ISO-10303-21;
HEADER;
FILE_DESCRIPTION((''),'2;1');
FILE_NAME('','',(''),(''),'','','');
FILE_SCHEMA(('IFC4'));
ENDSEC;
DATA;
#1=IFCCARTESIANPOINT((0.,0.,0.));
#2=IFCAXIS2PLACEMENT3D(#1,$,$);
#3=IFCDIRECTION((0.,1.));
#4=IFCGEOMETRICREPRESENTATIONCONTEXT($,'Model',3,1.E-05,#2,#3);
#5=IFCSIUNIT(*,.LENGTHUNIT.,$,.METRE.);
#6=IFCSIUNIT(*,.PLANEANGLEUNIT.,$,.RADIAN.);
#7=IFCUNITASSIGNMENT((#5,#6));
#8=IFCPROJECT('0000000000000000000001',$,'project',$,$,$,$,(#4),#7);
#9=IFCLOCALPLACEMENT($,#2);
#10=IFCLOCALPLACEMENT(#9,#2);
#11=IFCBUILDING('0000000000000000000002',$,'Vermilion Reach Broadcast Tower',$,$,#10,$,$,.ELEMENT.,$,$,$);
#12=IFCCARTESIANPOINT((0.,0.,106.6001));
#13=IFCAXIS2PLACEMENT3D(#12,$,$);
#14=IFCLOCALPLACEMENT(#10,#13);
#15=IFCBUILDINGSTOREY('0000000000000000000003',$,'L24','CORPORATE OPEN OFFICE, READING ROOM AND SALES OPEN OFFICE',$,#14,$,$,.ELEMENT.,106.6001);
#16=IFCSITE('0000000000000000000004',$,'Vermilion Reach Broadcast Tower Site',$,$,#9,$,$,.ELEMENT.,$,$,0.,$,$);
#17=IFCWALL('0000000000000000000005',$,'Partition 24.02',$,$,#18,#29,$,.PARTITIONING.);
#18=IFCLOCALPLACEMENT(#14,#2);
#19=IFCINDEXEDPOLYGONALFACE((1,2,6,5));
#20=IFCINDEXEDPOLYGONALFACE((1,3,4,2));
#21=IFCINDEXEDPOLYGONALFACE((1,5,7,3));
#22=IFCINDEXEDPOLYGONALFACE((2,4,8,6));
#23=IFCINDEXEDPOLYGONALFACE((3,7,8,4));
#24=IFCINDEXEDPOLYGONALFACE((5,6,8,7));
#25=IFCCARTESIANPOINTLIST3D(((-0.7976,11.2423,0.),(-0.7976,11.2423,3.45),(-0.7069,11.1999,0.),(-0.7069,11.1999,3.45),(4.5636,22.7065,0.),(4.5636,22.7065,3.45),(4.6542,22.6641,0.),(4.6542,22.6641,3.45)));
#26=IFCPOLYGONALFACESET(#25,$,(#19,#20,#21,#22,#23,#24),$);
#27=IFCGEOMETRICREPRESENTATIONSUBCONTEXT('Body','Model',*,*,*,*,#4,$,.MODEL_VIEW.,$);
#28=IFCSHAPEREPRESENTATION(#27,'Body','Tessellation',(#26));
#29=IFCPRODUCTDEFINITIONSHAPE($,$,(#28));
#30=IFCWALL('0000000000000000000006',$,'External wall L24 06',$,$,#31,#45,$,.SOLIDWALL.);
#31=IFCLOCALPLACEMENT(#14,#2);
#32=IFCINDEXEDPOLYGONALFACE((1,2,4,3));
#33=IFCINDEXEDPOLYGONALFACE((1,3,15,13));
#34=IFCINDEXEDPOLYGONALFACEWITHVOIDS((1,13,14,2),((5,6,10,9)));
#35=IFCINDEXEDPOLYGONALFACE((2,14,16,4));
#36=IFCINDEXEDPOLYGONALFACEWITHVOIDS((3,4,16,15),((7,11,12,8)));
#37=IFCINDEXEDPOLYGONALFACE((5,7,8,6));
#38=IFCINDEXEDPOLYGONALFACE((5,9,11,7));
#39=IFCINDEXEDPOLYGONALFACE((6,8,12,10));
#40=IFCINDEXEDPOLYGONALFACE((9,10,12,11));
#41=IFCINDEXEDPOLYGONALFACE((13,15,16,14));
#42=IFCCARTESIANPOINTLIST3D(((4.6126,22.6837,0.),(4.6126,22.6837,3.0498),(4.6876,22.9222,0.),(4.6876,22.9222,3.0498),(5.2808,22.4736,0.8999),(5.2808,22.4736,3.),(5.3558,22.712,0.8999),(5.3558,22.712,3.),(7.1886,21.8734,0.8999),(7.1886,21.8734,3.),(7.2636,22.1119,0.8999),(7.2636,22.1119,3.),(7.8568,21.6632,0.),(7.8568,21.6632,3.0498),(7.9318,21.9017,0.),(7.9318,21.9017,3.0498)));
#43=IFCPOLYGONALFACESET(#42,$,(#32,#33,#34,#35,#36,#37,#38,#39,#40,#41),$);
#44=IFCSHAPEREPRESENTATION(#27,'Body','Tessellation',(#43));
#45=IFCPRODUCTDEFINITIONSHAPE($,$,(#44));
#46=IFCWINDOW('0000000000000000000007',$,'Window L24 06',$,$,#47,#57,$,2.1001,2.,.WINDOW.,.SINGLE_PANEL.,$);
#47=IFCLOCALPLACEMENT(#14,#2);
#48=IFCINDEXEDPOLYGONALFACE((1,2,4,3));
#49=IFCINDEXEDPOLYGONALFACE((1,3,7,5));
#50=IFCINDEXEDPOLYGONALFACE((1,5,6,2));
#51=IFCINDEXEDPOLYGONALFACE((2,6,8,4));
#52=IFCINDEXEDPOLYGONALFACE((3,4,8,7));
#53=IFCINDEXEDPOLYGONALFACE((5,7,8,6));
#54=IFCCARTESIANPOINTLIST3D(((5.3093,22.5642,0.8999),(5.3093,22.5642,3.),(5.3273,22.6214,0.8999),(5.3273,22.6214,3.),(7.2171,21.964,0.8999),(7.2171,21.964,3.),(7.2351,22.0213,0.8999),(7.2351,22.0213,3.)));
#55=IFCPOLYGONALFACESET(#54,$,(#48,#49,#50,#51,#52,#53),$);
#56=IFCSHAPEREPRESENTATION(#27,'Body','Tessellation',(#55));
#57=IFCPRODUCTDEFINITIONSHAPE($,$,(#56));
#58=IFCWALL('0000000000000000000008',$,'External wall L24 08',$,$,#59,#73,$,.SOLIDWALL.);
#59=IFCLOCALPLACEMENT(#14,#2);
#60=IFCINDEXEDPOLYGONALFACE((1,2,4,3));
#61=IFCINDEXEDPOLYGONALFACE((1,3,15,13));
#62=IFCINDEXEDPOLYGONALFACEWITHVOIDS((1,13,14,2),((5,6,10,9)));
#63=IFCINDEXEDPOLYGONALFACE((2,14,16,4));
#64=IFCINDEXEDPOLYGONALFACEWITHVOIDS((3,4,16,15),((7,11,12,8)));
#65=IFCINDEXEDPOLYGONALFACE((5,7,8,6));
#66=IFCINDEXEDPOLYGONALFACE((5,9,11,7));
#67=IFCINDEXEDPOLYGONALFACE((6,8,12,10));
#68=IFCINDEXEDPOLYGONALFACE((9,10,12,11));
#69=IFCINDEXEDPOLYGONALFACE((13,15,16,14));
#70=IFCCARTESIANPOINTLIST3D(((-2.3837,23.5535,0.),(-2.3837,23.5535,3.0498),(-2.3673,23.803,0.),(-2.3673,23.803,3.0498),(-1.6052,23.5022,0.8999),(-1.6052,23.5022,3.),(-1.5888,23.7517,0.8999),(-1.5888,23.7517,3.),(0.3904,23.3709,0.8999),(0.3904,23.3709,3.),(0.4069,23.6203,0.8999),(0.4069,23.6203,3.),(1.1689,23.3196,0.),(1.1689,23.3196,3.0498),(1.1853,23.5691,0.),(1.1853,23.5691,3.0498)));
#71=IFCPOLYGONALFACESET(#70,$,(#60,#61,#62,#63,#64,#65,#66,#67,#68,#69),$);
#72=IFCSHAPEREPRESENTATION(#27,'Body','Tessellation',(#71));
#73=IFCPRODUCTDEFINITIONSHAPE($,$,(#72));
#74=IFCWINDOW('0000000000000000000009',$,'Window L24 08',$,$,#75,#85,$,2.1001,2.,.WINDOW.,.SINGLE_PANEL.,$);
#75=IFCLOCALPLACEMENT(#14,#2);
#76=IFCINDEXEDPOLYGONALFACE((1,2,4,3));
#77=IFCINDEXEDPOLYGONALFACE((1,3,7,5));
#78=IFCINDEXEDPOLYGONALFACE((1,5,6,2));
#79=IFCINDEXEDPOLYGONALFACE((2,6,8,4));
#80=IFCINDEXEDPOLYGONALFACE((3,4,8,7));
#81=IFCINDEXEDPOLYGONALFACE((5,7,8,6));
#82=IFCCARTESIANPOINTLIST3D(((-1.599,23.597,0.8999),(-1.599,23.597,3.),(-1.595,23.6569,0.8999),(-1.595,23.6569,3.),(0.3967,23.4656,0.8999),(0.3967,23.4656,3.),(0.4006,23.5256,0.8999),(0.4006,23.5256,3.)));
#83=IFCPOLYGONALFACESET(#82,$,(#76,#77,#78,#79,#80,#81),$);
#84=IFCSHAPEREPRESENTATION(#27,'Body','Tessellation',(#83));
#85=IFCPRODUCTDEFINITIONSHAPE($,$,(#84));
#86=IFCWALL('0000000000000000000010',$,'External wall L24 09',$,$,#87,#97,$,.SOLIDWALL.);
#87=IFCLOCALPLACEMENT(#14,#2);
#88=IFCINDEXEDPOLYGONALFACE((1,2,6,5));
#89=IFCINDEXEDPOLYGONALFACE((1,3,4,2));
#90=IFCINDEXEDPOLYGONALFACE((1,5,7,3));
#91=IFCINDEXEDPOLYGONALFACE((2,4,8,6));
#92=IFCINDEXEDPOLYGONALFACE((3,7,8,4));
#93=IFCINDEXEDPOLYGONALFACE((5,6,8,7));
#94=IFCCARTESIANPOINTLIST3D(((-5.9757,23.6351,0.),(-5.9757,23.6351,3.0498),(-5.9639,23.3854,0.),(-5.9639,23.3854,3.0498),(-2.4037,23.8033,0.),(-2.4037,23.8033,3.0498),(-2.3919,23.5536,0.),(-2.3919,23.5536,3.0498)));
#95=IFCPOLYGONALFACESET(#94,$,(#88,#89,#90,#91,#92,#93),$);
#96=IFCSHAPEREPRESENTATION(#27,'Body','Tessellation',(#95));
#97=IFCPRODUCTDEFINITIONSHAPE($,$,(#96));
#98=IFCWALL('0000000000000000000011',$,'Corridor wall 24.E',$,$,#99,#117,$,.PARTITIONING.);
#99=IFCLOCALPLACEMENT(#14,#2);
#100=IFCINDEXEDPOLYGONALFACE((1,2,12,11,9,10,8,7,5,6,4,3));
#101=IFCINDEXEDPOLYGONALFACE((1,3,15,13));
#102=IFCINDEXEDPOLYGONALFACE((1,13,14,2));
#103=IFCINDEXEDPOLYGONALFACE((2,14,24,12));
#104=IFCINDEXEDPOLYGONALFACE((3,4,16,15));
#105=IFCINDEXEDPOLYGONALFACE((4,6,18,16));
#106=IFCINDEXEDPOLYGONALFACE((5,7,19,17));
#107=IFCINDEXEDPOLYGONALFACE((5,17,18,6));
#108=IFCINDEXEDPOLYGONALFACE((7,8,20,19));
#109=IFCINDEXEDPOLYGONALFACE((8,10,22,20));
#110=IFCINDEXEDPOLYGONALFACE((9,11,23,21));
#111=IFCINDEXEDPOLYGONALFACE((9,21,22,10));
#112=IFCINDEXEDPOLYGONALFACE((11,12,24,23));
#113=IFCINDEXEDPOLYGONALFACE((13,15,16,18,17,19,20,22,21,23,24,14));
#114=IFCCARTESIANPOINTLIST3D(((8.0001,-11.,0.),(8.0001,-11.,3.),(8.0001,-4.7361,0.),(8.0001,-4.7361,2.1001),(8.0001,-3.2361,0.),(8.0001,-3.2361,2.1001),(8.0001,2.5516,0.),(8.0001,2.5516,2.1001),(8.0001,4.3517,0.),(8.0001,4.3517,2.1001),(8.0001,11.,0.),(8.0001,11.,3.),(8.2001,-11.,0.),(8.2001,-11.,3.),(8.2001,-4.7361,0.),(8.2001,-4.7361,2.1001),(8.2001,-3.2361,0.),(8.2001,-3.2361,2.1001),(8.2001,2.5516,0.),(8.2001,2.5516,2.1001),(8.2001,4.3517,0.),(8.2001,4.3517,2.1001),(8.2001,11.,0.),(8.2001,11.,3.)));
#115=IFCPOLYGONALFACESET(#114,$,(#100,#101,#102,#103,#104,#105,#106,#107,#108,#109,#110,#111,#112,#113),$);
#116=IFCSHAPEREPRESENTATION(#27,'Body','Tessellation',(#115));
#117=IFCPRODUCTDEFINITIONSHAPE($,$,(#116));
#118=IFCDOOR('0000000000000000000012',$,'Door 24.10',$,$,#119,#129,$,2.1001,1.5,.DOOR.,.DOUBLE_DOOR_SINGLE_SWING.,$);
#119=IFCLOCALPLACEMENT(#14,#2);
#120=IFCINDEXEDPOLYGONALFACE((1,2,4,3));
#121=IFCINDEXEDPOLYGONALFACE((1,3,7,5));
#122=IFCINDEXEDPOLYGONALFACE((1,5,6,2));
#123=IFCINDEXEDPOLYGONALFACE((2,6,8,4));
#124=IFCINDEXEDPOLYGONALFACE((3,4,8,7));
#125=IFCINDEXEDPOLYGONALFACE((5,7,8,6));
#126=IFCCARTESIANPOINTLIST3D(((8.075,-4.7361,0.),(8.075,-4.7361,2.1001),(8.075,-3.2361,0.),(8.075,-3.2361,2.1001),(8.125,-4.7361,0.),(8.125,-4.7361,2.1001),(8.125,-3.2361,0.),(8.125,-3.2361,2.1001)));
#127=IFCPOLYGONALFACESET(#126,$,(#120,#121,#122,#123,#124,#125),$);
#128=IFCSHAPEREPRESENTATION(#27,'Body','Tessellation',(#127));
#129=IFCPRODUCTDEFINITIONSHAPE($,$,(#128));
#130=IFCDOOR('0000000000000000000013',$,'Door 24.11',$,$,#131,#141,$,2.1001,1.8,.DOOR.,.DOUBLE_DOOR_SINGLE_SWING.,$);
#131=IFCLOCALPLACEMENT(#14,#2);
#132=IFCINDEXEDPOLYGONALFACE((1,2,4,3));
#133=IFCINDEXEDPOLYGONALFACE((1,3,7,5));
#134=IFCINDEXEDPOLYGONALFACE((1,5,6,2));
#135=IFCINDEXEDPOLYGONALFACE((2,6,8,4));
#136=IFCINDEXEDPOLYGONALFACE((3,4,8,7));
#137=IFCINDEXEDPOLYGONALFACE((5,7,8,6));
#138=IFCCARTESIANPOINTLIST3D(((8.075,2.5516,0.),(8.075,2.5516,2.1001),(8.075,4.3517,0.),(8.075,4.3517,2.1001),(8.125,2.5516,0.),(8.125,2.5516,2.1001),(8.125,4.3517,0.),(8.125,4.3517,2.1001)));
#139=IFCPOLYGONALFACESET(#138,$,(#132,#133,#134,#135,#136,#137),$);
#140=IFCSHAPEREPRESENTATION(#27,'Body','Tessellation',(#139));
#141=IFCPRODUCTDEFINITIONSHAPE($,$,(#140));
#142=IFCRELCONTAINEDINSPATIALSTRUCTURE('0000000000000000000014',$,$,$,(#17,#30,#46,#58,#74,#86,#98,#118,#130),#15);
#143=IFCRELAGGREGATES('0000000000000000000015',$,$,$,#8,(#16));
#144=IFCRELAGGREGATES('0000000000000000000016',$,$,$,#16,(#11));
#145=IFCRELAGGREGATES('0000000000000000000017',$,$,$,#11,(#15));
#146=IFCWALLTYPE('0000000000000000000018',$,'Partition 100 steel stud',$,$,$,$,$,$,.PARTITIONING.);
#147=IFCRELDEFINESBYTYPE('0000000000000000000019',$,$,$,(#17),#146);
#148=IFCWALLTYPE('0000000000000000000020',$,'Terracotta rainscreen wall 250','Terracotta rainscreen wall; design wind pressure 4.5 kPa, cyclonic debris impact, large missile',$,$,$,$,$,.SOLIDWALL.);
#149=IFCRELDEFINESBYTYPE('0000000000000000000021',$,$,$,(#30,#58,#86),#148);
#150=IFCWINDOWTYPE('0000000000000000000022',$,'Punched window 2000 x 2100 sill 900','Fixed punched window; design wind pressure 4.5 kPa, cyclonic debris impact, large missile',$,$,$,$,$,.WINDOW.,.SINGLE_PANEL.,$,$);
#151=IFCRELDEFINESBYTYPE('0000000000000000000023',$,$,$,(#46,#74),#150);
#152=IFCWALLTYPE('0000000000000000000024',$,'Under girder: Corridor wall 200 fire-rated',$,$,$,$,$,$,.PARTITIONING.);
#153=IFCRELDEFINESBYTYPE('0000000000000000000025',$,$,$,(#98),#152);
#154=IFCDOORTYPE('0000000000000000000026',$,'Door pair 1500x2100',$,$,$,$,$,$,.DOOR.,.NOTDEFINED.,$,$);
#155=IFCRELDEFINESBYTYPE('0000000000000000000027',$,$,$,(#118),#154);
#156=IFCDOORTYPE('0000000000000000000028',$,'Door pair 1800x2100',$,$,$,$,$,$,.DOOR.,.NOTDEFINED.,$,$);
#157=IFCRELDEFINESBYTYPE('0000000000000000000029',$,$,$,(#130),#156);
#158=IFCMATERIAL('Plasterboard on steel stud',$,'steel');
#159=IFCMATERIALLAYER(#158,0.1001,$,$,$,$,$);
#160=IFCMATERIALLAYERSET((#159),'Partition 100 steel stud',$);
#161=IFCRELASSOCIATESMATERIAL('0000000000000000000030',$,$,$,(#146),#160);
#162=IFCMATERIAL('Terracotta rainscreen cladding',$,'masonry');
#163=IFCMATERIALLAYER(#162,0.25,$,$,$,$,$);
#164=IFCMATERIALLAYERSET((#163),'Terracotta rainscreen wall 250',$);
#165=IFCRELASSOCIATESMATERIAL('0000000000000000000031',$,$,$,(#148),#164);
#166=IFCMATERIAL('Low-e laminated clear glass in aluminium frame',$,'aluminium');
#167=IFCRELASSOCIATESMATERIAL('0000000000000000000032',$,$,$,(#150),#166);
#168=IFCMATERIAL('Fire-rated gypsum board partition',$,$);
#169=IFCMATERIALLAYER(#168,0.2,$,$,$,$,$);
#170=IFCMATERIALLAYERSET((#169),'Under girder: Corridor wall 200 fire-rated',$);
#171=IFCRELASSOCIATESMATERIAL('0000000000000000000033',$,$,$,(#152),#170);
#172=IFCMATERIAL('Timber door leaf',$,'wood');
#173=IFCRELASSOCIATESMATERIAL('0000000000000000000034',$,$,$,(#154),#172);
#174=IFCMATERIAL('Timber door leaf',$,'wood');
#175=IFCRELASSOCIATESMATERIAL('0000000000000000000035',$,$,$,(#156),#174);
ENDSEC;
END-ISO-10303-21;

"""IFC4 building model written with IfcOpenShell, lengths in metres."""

from ifc_helpers import new_model, si_unit, direction, frame, frame_2d, origin, place, context, subcontext, project, spatial, rectangle, extrude, material, layer, layer_set, type_object, element, fill, save


model = new_model("IFC4")

# Units and contexts
model_context = context("Model", 3, precision=1e-05, world=origin(), true_north=direction((0.0, 1.0)))
body_context = subcontext(model_context, "Body", "Model", "MODEL_VIEW")
ifc_project = project(units=[si_unit("LENGTHUNIT", "METRE"), si_unit("PLANEANGLEUNIT", "RADIAN")], contexts=[model_context])

# Site, building, storey
site_placement = place(None, origin())
site = spatial("IfcSite", under=ifc_project, at=site_placement, Name="Vermilion Reach Broadcast Tower Site", CompositionType="ELEMENT", RefElevation=0.0)
building_placement = place(site_placement, origin())
building = spatial("IfcBuilding", under=site, at=building_placement, Name="Vermilion Reach Broadcast Tower", CompositionType="ELEMENT")
storey_placement = place(building_placement, frame((0.0, 0.0, 106.6001)))
storey = spatial("IfcBuildingStorey", under=building, at=storey_placement, Name="L24", Description="CORPORATE OPEN OFFICE, READING ROOM AND SALES OPEN OFFICE", CompositionType="ELEMENT", Elevation=106.6001)

# Wall
ifc_material_1 = material(Name="Plasterboard on steel stud", Category="steel")
ifc_layer_1 = layer(ifc_material_1, 0.1001)
ifc_layer_set_1 = layer_set([ifc_layer_1], Name="Partition 100 steel stud")
wall_type_1 = type_object("IfcWallType", Name="Partition 100 steel stud", PredefinedType="PARTITIONING", material=ifc_layer_set_1)
wall_1_placement = place(storey_placement, frame((4.6089, 22.6853, 0.0), z_axis=(0.0, 0.0, 1.0), x_axis=(-0.42361, -0.905845, 0.0)))
element("IfcWall", 1, at=wall_1_placement, inside=storey, type_object=wall_type_1, Name="Partition 24.02", PredefinedType="PARTITIONING", context=body_context, shape_type="SweptSolid", body=[
    extrude(rectangle(XDim=12.6558, YDim=0.1001, at=frame_2d((6.3279, 0.0))), origin(), (0.0, 0.0, 1.0), 3.45),
])

# Wall, opening, window
ifc_material_2 = material(Name="Terracotta rainscreen cladding", Category="masonry")
ifc_layer_2 = layer(ifc_material_2, 0.25)
ifc_layer_set_2 = layer_set([ifc_layer_2], Name="Terracotta rainscreen wall 250")
wall_type_2 = type_object("IfcWallType", Name="Terracotta rainscreen wall 250", Description="Terracotta rainscreen wall; design wind pressure 4.5 kPa, cyclonic debris impact, large missile", PredefinedType="SOLIDWALL", material=ifc_layer_set_2)
wall_2_placement = place(storey_placement, frame((7.8943, 21.7825, 0.0), z_axis=(0.0, 0.0, 1.0), x_axis=(-0.953916, 0.300073, 0.0)))
wall_2 = element("IfcWall", 2, at=wall_2_placement, inside=storey, type_object=wall_type_2, Name="External wall L24 06", PredefinedType="SOLIDWALL", context=body_context, shape_type="SweptSolid", body=[
    extrude(rectangle(XDim=3.4009, YDim=0.25, at=frame_2d((1.7004, 0.0))), origin(), (0.0, 0.0, 1.0), 3.0498),
])
opening_1_placement = place(wall_2_placement, frame((0.7004, 0.0, 0.8999)))
opening_1 = element("IfcOpeningElement", 3, at=opening_1_placement, cuts=wall_2, PredefinedType="OPENING", context=body_context, shape_type="SweptSolid", body=[
    extrude(rectangle(XDim=2.0, YDim=2.1001, at=frame_2d((1.0, 1.05))), frame((0.0, 0.135, 0.0), z_axis=(0.0, -1.0, 0.0), x_axis=(1.0, 0.0, 0.0)), (0.0, 0.0, 1.0), 0.27),
])
ifc_material_3 = material(Name="Low-e laminated clear glass in aluminium frame", Category="aluminium")
window_type = type_object("IfcWindowType", Name="Punched window 2000 x 2100 sill 900", Description="Fixed punched window; design wind pressure 4.5 kPa, cyclonic debris impact, large missile", PartitioningType="SINGLE_PANEL", PredefinedType="WINDOW", material=ifc_material_3)
window_1_placement = place(opening_1_placement, origin())
window_1 = element("IfcWindow", 4, at=window_1_placement, inside=storey, type_object=window_type, Name="Window L24 06", OverallHeight=2.1001, OverallWidth=2.0, PartitioningType="SINGLE_PANEL", PredefinedType="WINDOW", context=body_context, shape_type="SweptSolid", body=[
    extrude(rectangle(XDim=2.0, YDim=2.1001, at=frame_2d((1.0, 1.05))), frame((0.0, 0.03, 0.0), z_axis=(0.0, -1.0, 0.0), x_axis=(1.0, 0.0, 0.0)), (0.0, 0.0, 1.0), 0.0601),
])
fill(opening_1, window_1)

# Wall, opening, window
wall_3_placement = place(storey_placement, frame((1.1772, 23.4443, 0.0), z_axis=(0.0, 0.0, 1.0), x_axis=(-0.99784, 0.065691, 0.0)))
wall_3 = element("IfcWall", 5, at=wall_3_placement, inside=storey, type_object=wall_type_2, Name="External wall L24 08", PredefinedType="SOLIDWALL", context=body_context, shape_type="SweptSolid", body=[
    extrude(rectangle(XDim=3.5603, YDim=0.25, at=frame_2d((1.7803, 0.0))), origin(), (0.0, 0.0, 1.0), 3.0498),
])
opening_2_placement = place(wall_3_placement, frame((0.7803, 0.0, 0.8999)))
opening_2 = element("IfcOpeningElement", 6, at=opening_2_placement, cuts=wall_3, PredefinedType="OPENING", context=body_context, shape_type="SweptSolid", body=[
    extrude(rectangle(XDim=2.0, YDim=2.1001, at=frame_2d((1.0, 1.05))), frame((0.0, 0.135, 0.0), z_axis=(0.0, -1.0, 0.0), x_axis=(1.0, 0.0, 0.0)), (0.0, 0.0, 1.0), 0.27),
])
window_2_placement = place(opening_2_placement, origin())
window_2 = element("IfcWindow", 7, at=window_2_placement, inside=storey, type_object=window_type, Name="Window L24 08", OverallHeight=2.1001, OverallWidth=2.0, PartitioningType="SINGLE_PANEL", PredefinedType="WINDOW", context=body_context, shape_type="SweptSolid", body=[
    extrude(rectangle(XDim=2.0, YDim=2.1001, at=frame_2d((1.0, 1.05))), frame((0.0, 0.03, 0.0), z_axis=(0.0, -1.0, 0.0), x_axis=(1.0, 0.0, 0.0)), (0.0, 0.0, 1.0), 0.0601),
])
fill(opening_2, window_2)

# Wall
wall_4_placement = place(storey_placement, frame((-2.3977, 23.6785, 0.0), z_axis=(0.0, 0.0, 1.0), x_axis=(-0.998893, -0.04704, 0.0)))
element("IfcWall", 8, at=wall_4_placement, inside=storey, type_object=wall_type_2, Name="External wall L24 09", PredefinedType="SOLIDWALL", context=body_context, shape_type="SweptSolid", body=[
    extrude(rectangle(XDim=3.5759, YDim=0.25, at=frame_2d((1.7881, 0.0))), origin(), (0.0, 0.0, 1.0), 3.0498),
])

# Wall, openings, doors
ifc_material_4 = material(Name="Fire-rated gypsum board partition")
ifc_layer_3 = layer(ifc_material_4, 0.2)
ifc_layer_set_3 = layer_set([ifc_layer_3], Name="Under girder: Corridor wall 200 fire-rated")
wall_type_3 = type_object("IfcWallType", Name="Under girder: Corridor wall 200 fire-rated", PredefinedType="PARTITIONING", material=ifc_layer_set_3)
wall_5_placement = place(storey_placement, frame((8.1001, 11.0, 0.0), z_axis=(0.0, 0.0, 1.0), x_axis=(0.0, -1.0, 0.0)))
wall_5 = element("IfcWall", 9, at=wall_5_placement, inside=storey, type_object=wall_type_3, Name="Corridor wall 24.E", PredefinedType="PARTITIONING", context=body_context, shape_type="SweptSolid", body=[
    extrude(rectangle(XDim=22.0, YDim=0.2, at=frame_2d((11.0, 0.0))), origin(), (0.0, 0.0, 1.0), 3.0),
])
opening_3_placement = place(wall_5_placement, frame((14.2361, 0.0, 0.0)))
opening_3 = element("IfcOpeningElement", 10, at=opening_3_placement, cuts=wall_5, PredefinedType="OPENING", context=body_context, shape_type="SweptSolid", body=[
    extrude(rectangle(XDim=1.5, YDim=2.1001, at=frame_2d((0.75, 1.05))), frame((0.0, 0.1099, 0.0), z_axis=(0.0, -1.0, 0.0), x_axis=(1.0, 0.0, 0.0)), (0.0, 0.0, 1.0), 0.22),
])
opening_4_placement = place(wall_5_placement, frame((6.6484, 0.0, 0.0)))
opening_4 = element("IfcOpeningElement", 11, at=opening_4_placement, cuts=wall_5, PredefinedType="OPENING", context=body_context, shape_type="SweptSolid", body=[
    extrude(rectangle(XDim=1.8, YDim=2.1001, at=frame_2d((0.8999, 1.05))), frame((0.0, 0.1099, 0.0), z_axis=(0.0, -1.0, 0.0), x_axis=(1.0, 0.0, 0.0)), (0.0, 0.0, 1.0), 0.22),
])
ifc_material_5 = material(Name="Timber door leaf", Category="wood")
door_type_1 = type_object("IfcDoorType", Name="Door pair 1500x2100", OperationType="NOTDEFINED", PredefinedType="DOOR", material=ifc_material_5)
door_1_placement = place(opening_3_placement, origin())
door_1 = element("IfcDoor", 12, at=door_1_placement, inside=storey, type_object=door_type_1, Name="Door 24.10", OperationType="DOUBLE_DOOR_SINGLE_SWING", OverallHeight=2.1001, OverallWidth=1.5, PredefinedType="DOOR", context=body_context, shape_type="SweptSolid", body=[
    extrude(rectangle(XDim=1.5, YDim=2.1001, at=frame_2d((0.75, 1.05))), frame((0.0, 0.0249, 0.0), z_axis=(0.0, -1.0, 0.0), x_axis=(1.0, 0.0, 0.0)), (0.0, 0.0, 1.0), 0.05),
])
fill(opening_3, door_1)
ifc_material_6 = material(Name="Timber door leaf", Category="wood")
door_type_2 = type_object("IfcDoorType", Name="Door pair 1800x2100", OperationType="NOTDEFINED", PredefinedType="DOOR", material=ifc_material_6)
door_2_placement = place(opening_4_placement, origin())
door_2 = element("IfcDoor", 13, at=door_2_placement, inside=storey, type_object=door_type_2, Name="Door 24.11", OperationType="DOUBLE_DOOR_SINGLE_SWING", OverallHeight=2.1001, OverallWidth=1.8, PredefinedType="DOOR", context=body_context, shape_type="SweptSolid", body=[
    extrude(rectangle(XDim=1.8, YDim=2.1001, at=frame_2d((0.8999, 1.05))), frame((0.0, 0.0249, 0.0), z_axis=(0.0, -1.0, 0.0), x_axis=(1.0, 0.0, 0.0)), (0.0, 0.0, 1.0), 0.05),
])
fill(opening_4, door_2)

save(model, "model.ifc")
